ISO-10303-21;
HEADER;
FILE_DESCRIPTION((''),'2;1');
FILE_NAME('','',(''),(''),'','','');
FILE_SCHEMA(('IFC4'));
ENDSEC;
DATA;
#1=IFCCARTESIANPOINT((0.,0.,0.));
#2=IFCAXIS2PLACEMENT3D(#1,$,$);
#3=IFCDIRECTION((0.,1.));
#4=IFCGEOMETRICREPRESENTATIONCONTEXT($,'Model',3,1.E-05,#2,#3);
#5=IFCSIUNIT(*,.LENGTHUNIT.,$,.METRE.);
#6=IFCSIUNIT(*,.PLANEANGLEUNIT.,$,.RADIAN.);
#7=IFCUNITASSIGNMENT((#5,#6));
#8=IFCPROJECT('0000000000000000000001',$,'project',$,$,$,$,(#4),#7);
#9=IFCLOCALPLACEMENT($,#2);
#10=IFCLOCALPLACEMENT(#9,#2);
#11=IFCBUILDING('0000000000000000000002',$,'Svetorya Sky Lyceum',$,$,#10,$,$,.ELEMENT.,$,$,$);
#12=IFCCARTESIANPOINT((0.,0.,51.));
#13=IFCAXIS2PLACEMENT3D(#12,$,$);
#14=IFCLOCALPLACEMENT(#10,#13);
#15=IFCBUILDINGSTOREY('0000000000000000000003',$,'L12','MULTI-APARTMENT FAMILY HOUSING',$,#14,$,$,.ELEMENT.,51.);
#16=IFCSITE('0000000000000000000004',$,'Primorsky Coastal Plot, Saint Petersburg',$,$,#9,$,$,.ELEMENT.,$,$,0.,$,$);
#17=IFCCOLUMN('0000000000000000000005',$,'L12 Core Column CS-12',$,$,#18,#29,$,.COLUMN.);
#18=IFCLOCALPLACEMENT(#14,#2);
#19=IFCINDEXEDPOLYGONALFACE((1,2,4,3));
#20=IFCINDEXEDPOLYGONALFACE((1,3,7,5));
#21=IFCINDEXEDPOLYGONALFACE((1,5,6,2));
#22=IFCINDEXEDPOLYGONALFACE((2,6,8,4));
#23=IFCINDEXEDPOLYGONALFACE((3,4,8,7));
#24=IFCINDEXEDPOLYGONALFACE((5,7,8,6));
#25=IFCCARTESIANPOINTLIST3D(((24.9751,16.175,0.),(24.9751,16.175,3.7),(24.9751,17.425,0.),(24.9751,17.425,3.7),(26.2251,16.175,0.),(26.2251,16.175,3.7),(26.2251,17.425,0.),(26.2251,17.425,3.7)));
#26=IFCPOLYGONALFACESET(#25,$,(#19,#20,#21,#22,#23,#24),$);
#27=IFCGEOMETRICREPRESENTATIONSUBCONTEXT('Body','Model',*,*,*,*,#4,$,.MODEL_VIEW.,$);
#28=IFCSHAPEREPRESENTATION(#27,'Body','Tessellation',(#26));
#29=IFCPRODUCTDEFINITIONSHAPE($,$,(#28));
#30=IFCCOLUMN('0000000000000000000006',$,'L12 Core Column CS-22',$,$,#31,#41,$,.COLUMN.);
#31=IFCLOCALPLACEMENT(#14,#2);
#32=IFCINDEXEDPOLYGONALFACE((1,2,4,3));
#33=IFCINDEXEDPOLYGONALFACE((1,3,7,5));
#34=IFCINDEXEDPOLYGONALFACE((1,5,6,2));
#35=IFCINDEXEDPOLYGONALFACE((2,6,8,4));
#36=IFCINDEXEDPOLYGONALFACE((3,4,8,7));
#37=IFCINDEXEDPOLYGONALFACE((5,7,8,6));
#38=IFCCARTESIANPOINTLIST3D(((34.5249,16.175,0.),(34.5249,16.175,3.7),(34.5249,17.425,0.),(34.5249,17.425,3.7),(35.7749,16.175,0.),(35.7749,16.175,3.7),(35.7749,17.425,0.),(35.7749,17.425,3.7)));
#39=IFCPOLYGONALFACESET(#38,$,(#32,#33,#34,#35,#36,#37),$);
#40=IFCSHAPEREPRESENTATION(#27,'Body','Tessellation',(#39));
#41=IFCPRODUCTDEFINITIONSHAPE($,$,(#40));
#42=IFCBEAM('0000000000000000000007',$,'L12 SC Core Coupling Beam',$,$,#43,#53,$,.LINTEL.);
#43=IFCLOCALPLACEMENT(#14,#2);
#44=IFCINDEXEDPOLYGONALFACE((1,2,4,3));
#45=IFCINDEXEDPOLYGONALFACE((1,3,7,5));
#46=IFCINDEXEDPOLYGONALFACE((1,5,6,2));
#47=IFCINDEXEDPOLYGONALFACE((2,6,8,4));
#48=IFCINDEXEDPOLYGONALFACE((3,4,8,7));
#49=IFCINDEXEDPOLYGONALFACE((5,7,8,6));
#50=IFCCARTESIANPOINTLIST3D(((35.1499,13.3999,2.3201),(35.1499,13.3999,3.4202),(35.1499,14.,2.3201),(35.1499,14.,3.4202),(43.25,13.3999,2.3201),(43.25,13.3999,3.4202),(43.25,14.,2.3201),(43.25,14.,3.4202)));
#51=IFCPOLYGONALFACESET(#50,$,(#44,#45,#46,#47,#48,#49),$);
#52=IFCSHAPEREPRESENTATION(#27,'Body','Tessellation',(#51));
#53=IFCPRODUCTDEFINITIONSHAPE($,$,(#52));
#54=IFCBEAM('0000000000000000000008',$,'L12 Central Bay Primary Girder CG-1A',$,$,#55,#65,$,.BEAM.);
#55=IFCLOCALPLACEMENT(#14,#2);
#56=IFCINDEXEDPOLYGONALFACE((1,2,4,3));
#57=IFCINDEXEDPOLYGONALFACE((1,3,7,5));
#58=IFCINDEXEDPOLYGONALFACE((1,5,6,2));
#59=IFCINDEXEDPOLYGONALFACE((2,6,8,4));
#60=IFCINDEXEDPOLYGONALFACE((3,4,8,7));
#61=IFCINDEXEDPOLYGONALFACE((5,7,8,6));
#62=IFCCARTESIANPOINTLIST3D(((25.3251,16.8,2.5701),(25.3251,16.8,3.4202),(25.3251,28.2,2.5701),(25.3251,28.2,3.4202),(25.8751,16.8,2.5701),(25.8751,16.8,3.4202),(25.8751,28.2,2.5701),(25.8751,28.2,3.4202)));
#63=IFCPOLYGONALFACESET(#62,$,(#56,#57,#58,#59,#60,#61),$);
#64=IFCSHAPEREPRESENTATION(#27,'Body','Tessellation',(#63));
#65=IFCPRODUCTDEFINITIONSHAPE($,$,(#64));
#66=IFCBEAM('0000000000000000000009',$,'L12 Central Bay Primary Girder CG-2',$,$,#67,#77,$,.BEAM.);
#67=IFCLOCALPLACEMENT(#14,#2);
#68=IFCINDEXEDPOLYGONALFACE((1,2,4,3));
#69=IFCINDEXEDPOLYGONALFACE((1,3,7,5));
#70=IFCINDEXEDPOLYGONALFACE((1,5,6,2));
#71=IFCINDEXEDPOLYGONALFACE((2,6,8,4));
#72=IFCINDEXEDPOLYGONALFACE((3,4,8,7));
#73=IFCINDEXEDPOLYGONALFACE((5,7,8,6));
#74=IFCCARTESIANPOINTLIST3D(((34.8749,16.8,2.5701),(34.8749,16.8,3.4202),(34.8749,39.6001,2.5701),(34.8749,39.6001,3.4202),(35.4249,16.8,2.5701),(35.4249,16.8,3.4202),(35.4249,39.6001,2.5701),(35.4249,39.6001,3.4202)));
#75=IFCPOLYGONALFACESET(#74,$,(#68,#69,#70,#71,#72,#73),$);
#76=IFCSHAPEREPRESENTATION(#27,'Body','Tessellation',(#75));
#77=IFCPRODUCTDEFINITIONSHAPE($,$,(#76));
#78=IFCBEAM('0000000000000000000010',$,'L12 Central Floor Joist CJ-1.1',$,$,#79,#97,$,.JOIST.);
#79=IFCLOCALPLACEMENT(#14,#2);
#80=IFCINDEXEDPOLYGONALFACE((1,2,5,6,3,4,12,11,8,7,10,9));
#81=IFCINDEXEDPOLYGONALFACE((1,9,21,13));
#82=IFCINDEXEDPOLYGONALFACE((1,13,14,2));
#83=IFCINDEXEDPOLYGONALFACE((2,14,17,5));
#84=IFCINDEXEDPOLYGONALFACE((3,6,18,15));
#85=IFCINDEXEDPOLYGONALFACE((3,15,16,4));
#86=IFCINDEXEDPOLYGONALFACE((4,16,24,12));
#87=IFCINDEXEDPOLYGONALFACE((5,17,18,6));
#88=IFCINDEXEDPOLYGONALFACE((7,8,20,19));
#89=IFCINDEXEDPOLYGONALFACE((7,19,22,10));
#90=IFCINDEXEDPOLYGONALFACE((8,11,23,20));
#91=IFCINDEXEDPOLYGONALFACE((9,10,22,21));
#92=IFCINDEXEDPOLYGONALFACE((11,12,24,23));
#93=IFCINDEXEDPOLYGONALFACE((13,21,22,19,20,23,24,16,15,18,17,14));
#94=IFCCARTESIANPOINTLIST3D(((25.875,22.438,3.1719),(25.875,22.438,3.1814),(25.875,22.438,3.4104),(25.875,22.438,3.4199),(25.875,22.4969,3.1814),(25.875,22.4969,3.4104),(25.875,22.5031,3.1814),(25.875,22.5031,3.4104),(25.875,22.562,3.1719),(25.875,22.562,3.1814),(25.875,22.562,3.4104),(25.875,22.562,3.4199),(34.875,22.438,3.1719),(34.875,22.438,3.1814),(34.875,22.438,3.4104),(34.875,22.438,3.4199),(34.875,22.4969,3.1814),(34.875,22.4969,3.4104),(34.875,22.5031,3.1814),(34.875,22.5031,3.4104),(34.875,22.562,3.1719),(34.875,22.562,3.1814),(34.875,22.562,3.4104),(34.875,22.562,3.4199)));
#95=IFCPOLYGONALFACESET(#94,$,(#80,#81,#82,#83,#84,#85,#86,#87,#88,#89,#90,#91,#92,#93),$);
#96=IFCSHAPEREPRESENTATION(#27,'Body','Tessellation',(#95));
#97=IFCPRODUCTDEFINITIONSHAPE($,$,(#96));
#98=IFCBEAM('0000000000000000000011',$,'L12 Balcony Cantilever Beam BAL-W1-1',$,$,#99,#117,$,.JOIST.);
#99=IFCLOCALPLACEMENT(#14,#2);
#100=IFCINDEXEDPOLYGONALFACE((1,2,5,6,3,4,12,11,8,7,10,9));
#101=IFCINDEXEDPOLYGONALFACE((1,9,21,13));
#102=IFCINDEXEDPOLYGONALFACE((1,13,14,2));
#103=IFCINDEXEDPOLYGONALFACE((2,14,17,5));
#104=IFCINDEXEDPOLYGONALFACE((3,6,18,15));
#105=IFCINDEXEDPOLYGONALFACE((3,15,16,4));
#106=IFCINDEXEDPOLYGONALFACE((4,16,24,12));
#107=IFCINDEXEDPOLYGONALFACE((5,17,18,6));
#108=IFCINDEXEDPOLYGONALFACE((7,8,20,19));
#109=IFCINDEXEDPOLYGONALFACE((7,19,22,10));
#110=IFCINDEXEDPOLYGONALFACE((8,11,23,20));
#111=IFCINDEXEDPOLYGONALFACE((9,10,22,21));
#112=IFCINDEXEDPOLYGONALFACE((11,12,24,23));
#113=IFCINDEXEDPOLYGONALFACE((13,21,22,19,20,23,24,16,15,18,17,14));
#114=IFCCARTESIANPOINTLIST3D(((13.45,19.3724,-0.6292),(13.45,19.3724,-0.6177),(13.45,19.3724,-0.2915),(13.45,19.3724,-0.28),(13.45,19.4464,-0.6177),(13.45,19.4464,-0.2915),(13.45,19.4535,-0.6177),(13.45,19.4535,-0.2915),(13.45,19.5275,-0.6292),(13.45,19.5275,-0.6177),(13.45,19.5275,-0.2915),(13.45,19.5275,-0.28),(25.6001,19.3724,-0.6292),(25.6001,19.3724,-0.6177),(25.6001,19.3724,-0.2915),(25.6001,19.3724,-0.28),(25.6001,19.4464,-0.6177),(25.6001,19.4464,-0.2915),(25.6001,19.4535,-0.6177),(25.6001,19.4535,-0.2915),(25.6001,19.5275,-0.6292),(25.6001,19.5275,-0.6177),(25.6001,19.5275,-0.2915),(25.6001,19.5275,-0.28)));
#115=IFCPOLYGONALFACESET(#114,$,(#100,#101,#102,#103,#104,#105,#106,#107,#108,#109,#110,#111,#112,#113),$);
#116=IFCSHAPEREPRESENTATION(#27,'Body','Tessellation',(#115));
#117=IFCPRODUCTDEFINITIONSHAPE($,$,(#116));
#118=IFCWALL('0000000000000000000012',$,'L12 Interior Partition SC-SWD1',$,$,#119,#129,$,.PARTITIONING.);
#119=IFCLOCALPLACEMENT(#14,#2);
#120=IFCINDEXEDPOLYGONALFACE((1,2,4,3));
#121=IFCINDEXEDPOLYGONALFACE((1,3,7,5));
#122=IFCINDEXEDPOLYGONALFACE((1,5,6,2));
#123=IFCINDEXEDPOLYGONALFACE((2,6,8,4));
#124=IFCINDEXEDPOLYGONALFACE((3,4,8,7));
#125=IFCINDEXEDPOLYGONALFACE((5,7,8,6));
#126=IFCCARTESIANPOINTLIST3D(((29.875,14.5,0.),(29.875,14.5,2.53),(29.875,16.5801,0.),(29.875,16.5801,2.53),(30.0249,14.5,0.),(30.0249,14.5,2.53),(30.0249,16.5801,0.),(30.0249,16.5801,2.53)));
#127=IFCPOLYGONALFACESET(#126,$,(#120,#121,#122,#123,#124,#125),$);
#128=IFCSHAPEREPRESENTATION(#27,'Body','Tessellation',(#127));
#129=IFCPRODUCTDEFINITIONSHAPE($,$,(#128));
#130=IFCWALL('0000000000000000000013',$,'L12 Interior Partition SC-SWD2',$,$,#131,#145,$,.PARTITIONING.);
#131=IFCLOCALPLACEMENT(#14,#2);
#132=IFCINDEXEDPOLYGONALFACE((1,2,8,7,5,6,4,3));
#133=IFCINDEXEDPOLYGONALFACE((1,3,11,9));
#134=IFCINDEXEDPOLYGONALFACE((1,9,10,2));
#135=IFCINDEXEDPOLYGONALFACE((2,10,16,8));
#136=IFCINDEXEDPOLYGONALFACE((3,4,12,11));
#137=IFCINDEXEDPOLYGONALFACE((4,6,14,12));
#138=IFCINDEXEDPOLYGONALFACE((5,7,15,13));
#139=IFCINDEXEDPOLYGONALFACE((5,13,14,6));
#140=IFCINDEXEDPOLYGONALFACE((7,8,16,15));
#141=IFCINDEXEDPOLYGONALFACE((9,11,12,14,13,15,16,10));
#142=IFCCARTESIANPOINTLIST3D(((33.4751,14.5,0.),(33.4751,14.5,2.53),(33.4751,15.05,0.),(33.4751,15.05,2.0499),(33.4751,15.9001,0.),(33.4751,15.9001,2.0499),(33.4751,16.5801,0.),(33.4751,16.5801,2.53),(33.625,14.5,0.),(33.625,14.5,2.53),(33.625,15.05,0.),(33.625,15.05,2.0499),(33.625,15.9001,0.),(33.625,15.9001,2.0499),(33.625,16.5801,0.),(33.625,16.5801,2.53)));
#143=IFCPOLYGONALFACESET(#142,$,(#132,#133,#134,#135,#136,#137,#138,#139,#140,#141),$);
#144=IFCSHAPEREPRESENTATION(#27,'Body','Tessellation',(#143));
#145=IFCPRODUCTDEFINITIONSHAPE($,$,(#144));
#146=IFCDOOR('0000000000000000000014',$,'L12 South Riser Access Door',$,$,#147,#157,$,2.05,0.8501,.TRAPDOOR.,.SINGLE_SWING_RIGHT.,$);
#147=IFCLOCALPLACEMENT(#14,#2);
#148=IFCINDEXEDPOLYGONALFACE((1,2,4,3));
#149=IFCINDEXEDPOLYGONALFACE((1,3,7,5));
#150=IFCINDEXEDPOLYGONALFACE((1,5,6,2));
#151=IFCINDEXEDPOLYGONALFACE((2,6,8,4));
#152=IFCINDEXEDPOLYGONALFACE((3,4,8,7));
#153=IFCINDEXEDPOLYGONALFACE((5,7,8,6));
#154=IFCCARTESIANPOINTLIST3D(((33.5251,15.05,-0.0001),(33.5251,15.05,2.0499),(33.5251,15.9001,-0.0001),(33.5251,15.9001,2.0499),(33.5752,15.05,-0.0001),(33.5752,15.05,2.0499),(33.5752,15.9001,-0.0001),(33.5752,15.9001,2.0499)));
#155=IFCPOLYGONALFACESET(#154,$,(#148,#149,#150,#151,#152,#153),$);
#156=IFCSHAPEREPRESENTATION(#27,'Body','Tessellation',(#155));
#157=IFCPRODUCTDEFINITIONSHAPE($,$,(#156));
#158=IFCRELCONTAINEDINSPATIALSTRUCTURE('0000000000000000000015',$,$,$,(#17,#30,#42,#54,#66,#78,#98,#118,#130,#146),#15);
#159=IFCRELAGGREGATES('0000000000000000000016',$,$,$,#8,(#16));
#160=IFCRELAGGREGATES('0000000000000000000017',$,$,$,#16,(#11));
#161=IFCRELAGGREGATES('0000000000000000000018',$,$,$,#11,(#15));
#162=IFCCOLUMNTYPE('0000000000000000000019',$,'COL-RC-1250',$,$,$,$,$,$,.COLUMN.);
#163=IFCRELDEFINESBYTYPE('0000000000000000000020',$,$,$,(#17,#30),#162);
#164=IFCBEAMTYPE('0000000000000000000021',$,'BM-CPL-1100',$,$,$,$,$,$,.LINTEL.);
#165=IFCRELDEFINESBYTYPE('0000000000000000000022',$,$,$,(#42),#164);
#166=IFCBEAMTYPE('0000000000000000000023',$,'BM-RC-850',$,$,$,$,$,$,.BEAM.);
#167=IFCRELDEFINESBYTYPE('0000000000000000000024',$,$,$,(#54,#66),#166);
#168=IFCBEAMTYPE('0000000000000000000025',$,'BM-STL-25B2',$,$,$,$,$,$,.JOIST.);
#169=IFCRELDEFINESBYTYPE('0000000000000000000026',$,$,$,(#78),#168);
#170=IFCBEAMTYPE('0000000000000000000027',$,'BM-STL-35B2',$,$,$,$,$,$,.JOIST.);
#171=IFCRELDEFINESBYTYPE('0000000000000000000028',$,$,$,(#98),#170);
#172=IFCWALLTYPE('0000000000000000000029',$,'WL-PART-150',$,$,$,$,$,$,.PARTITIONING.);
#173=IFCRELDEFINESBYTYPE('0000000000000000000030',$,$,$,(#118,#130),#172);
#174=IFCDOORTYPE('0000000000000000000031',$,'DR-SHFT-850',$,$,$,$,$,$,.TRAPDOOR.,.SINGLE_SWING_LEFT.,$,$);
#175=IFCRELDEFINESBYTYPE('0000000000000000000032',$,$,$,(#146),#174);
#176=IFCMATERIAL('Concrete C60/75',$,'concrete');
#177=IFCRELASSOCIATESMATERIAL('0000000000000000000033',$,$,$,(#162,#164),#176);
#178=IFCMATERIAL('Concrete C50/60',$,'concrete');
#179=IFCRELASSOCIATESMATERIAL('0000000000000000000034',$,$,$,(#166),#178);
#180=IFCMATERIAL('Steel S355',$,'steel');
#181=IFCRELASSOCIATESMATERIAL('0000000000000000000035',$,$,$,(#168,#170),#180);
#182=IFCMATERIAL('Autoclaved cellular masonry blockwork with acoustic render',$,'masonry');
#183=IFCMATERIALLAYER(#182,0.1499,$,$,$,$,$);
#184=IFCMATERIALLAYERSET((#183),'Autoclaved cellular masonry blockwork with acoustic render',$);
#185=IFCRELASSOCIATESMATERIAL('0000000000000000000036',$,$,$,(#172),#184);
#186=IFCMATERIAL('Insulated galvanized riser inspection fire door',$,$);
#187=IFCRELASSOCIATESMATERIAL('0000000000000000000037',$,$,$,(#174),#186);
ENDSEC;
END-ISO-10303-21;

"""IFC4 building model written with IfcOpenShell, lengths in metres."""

from ifc_helpers import new_model, si_unit, direction, frame, frame_2d, origin, origin_2d, place, context, subcontext, project, spatial, rectangle, i_section, extrude, material, layer, layer_set, material_profile, profile_set, type_object, element, fill, save


model = new_model("IFC4")

# Units and contexts
model_context = context("Model", 3, precision=1e-05, world=origin(), true_north=direction((0.0, 1.0)))
body_context = subcontext(model_context, "Body", "Model", "MODEL_VIEW")
ifc_project = project(units=[si_unit("LENGTHUNIT", "METRE"), si_unit("PLANEANGLEUNIT", "RADIAN")], contexts=[model_context])

# Site, building, storey
site_placement = place(None, origin())
site = spatial("IfcSite", under=ifc_project, at=site_placement, Name="Primorsky Coastal Plot, Saint Petersburg", CompositionType="ELEMENT", RefElevation=0.0)
building_placement = place(site_placement, origin())
building = spatial("IfcBuilding", under=site, at=building_placement, Name="Svetorya Sky Lyceum", CompositionType="ELEMENT")
storey_placement = place(building_placement, frame((0.0, 0.0, 51.0)))
storey = spatial("IfcBuildingStorey", under=building, at=storey_placement, Name="L12", Description="MULTI-APARTMENT FAMILY HOUSING", CompositionType="ELEMENT", Elevation=51.0)

# Columns
ifc_material_1 = material(Name="Concrete C60/75", Category="concrete")
ifc_material_profile_1 = material_profile(ifc_material_1, rectangle(XDim=1.25, YDim=1.25, at=origin_2d()), Name="RC COL 1250x1250")
ifc_profile_set_1 = profile_set([ifc_material_profile_1], Name="Concrete C60/75")
column_type = type_object("IfcColumnType", Name="COL-RC-1250", PredefinedType="COLUMN", material=ifc_profile_set_1)
for number, where, z_axis, x_axis, name in (
    (1, (25.6001, 16.8, 0.0), (0.0, 0.0, 1.0), (1.0, 0.0, 0.0), "L12 Core Column CS-12"),
    (2, (35.1499, 16.8, 0.0), (0.0, 0.0, 1.0), (1.0, 0.0, 0.0), "L12 Core Column CS-22"),
):
    element("IfcColumn", number, at=place(storey_placement, frame(where, z_axis=z_axis, x_axis=x_axis)), inside=storey, type_object=column_type, Name=name, PredefinedType="COLUMN", context=body_context, shape_type="SweptSolid", body=[
        extrude(rectangle(XDim=1.25, YDim=1.25, at=origin_2d()), origin(), (0.0, 0.0, 1.0), 3.7),
    ])

# Beams
ifc_material_profile_2 = material_profile(ifc_material_1, rectangle(XDim=0.6001, YDim=1.1001, at=origin_2d()), Name="RC COUPLING 600x1100")
ifc_profile_set_2 = profile_set([ifc_material_profile_2], Name="Concrete C60/75")
beam_type_1 = type_object("IfcBeamType", Name="BM-CPL-1100", PredefinedType="LINTEL", material=ifc_profile_set_2)
beam_1_placement = place(storey_placement, frame((35.1499, 13.7, 2.8701), z_axis=(1.0, 0.0, 0.0), x_axis=(0.0, 1.0, 0.0)))
element("IfcBeam", 3, at=beam_1_placement, inside=storey, type_object=beam_type_1, Name="L12 SC Core Coupling Beam", PredefinedType="LINTEL", context=body_context, shape_type="SweptSolid", body=[
    extrude(rectangle(XDim=0.6001, YDim=1.1001, at=origin_2d()), origin(), (0.0, 0.0, 1.0), 8.1001),
])
ifc_material_2 = material(Name="Concrete C50/60", Category="concrete")
ifc_material_profile_3 = material_profile(ifc_material_2, rectangle(XDim=0.55, YDim=0.8501, at=origin_2d()), Name="RC BEAM 550x850")
ifc_profile_set_3 = profile_set([ifc_material_profile_3], Name="Concrete C50/60")
beam_type_2 = type_object("IfcBeamType", Name="BM-RC-850", PredefinedType="BEAM", material=ifc_profile_set_3)
beam_2_placement = place(storey_placement, frame((25.6001, 16.8, 2.9951), z_axis=(0.0, 1.0, 0.0), x_axis=(-1.0, 0.0, 0.0)))
element("IfcBeam", 4, at=beam_2_placement, inside=storey, type_object=beam_type_2, Name="L12 Central Bay Primary Girder CG-1A", PredefinedType="BEAM", context=body_context, shape_type="SweptSolid", body=[
    extrude(rectangle(XDim=0.55, YDim=0.8501, at=origin_2d()), origin(), (0.0, 0.0, 1.0), 11.3999),
])
beam_3_placement = place(storey_placement, frame((35.1499, 16.8, 2.9951), z_axis=(0.0, 1.0, 0.0), x_axis=(-1.0, 0.0, 0.0)))
element("IfcBeam", 5, at=beam_3_placement, inside=storey, type_object=beam_type_2, Name="L12 Central Bay Primary Girder CG-2", PredefinedType="BEAM", context=body_context, shape_type="SweptSolid", body=[
    extrude(rectangle(XDim=0.55, YDim=0.8501, at=origin_2d()), origin(), (0.0, 0.0, 1.0), 22.8),
])
ifc_material_3 = material(Name="Steel S355", Category="steel")
ifc_material_profile_4 = material_profile(ifc_material_3, i_section(OverallWidth=0.124, OverallDepth=0.248, WebThickness=0.0061, FlangeThickness=0.0095, at=origin_2d()), Name="GOST 25B2")
ifc_profile_set_4 = profile_set([ifc_material_profile_4], Name="Steel S355")
beam_type_3 = type_object("IfcBeamType", Name="BM-STL-25B2", PredefinedType="JOIST", material=ifc_profile_set_4)
beam_4_placement = place(storey_placement, frame((25.875, 22.5, 3.2959), z_axis=(1.0, 0.0, 0.0), x_axis=(0.0, 1.0, 0.0)))
element("IfcBeam", 6, at=beam_4_placement, inside=storey, type_object=beam_type_3, Name="L12 Central Floor Joist CJ-1.1", PredefinedType="JOIST", context=body_context, shape_type="SweptSolid", body=[
    extrude(i_section(OverallWidth=0.124, OverallDepth=0.248, WebThickness=0.0061, FlangeThickness=0.0095, at=origin_2d()), origin(), (0.0, 0.0, 1.0), 9.0),
])
ifc_material_profile_5 = material_profile(ifc_material_3, i_section(OverallWidth=0.155, OverallDepth=0.3491, WebThickness=0.0071, FlangeThickness=0.0115, at=origin_2d()), Name="GOST 35B2")
ifc_profile_set_5 = profile_set([ifc_material_profile_5], Name="Steel S355")
beam_type_4 = type_object("IfcBeamType", Name="BM-STL-35B2", PredefinedType="JOIST", material=ifc_profile_set_5)
beam_5_placement = place(storey_placement, frame((25.6001, 19.45, -0.4546), z_axis=(-1.0, 0.0, 0.0), x_axis=(0.0, -1.0, 0.0)))
element("IfcBeam", 7, at=beam_5_placement, inside=storey, type_object=beam_type_4, Name="L12 Balcony Cantilever Beam BAL-W1-1", PredefinedType="JOIST", context=body_context, shape_type="SweptSolid", body=[
    extrude(i_section(OverallWidth=0.155, OverallDepth=0.3491, WebThickness=0.0071, FlangeThickness=0.0115, at=origin_2d()), origin(), (0.0, 0.0, 1.0), 12.1501),
])

# Wall
ifc_material_4 = material(Name="Autoclaved cellular masonry blockwork with acoustic render", Category="masonry")
ifc_layer_1 = layer(ifc_material_4, 0.1499)
ifc_layer_set_1 = layer_set([ifc_layer_1], Name="Autoclaved cellular masonry blockwork with acoustic render")
wall_type_1 = type_object("IfcWallType", Name="WL-PART-150", PredefinedType="PARTITIONING", material=ifc_layer_set_1)
wall_1_placement = place(storey_placement, frame((29.95, 14.5, 0.0), z_axis=(0.0, 0.0, 1.0), x_axis=(0.0, 1.0, 0.0)))
element("IfcWall", 8, at=wall_1_placement, inside=storey, type_object=wall_type_1, Name="L12 Interior Partition SC-SWD1", PredefinedType="PARTITIONING", context=body_context, shape_type="SweptSolid", body=[
    extrude(rectangle(XDim=2.0801, YDim=0.1499, at=frame_2d((1.04, 0.0))), origin(), (0.0, 0.0, 1.0), 2.53),
])

# Wall, opening, door
wall_2_placement = place(storey_placement, frame((33.55, 14.5, 0.0), z_axis=(0.0, 0.0, 1.0), x_axis=(0.0, 1.0, 0.0)))
wall_2 = element("IfcWall", 9, at=wall_2_placement, inside=storey, type_object=wall_type_1, Name="L12 Interior Partition SC-SWD2", PredefinedType="PARTITIONING", context=body_context, shape_type="SweptSolid", body=[
    extrude(rectangle(XDim=2.0801, YDim=0.1499, at=frame_2d((1.04, 0.0))), origin(), (0.0, 0.0, 1.0), 2.53),
])
opening_1_placement = place(wall_2_placement, frame((0.55, 0.0, 0.0)))
opening_1 = element("IfcOpeningElement", 10, at=opening_1_placement, cuts=wall_2, PredefinedType="OPENING", context=body_context, shape_type="SweptSolid", body=[
    extrude(rectangle(XDim=0.8501, YDim=2.05, at=frame_2d((0.425, 1.0249))), frame((0.0, 0.085, 0.0), z_axis=(0.0, -1.0, 0.0), x_axis=(1.0, 0.0, 0.0)), (0.0, 0.0, 1.0), 0.1699),
])
ifc_material_5 = material(Name="Insulated galvanized riser inspection fire door")
door_type_1 = type_object("IfcDoorType", Name="DR-SHFT-850", OperationType="SINGLE_SWING_LEFT", PredefinedType="TRAPDOOR", material=ifc_material_5)
door_1_placement = place(opening_1_placement, origin())
door_1 = element("IfcDoor", 11, at=door_1_placement, inside=storey, type_object=door_type_1, Name="L12 South Riser Access Door", OperationType="SINGLE_SWING_RIGHT", OverallHeight=2.05, OverallWidth=0.8501, PredefinedType="TRAPDOOR", context=body_context, shape_type="SweptSolid", body=[
    extrude(rectangle(XDim=0.8501, YDim=2.05, at=frame_2d((0.425, 1.0249))), frame((0.0, 0.0249, 0.0), z_axis=(0.0, -1.0, 0.0), x_axis=(1.0, 0.0, 0.0)), (0.0, 0.0, 1.0), 0.05),
])
fill(opening_1, door_1)

save(model, "model.ifc")
